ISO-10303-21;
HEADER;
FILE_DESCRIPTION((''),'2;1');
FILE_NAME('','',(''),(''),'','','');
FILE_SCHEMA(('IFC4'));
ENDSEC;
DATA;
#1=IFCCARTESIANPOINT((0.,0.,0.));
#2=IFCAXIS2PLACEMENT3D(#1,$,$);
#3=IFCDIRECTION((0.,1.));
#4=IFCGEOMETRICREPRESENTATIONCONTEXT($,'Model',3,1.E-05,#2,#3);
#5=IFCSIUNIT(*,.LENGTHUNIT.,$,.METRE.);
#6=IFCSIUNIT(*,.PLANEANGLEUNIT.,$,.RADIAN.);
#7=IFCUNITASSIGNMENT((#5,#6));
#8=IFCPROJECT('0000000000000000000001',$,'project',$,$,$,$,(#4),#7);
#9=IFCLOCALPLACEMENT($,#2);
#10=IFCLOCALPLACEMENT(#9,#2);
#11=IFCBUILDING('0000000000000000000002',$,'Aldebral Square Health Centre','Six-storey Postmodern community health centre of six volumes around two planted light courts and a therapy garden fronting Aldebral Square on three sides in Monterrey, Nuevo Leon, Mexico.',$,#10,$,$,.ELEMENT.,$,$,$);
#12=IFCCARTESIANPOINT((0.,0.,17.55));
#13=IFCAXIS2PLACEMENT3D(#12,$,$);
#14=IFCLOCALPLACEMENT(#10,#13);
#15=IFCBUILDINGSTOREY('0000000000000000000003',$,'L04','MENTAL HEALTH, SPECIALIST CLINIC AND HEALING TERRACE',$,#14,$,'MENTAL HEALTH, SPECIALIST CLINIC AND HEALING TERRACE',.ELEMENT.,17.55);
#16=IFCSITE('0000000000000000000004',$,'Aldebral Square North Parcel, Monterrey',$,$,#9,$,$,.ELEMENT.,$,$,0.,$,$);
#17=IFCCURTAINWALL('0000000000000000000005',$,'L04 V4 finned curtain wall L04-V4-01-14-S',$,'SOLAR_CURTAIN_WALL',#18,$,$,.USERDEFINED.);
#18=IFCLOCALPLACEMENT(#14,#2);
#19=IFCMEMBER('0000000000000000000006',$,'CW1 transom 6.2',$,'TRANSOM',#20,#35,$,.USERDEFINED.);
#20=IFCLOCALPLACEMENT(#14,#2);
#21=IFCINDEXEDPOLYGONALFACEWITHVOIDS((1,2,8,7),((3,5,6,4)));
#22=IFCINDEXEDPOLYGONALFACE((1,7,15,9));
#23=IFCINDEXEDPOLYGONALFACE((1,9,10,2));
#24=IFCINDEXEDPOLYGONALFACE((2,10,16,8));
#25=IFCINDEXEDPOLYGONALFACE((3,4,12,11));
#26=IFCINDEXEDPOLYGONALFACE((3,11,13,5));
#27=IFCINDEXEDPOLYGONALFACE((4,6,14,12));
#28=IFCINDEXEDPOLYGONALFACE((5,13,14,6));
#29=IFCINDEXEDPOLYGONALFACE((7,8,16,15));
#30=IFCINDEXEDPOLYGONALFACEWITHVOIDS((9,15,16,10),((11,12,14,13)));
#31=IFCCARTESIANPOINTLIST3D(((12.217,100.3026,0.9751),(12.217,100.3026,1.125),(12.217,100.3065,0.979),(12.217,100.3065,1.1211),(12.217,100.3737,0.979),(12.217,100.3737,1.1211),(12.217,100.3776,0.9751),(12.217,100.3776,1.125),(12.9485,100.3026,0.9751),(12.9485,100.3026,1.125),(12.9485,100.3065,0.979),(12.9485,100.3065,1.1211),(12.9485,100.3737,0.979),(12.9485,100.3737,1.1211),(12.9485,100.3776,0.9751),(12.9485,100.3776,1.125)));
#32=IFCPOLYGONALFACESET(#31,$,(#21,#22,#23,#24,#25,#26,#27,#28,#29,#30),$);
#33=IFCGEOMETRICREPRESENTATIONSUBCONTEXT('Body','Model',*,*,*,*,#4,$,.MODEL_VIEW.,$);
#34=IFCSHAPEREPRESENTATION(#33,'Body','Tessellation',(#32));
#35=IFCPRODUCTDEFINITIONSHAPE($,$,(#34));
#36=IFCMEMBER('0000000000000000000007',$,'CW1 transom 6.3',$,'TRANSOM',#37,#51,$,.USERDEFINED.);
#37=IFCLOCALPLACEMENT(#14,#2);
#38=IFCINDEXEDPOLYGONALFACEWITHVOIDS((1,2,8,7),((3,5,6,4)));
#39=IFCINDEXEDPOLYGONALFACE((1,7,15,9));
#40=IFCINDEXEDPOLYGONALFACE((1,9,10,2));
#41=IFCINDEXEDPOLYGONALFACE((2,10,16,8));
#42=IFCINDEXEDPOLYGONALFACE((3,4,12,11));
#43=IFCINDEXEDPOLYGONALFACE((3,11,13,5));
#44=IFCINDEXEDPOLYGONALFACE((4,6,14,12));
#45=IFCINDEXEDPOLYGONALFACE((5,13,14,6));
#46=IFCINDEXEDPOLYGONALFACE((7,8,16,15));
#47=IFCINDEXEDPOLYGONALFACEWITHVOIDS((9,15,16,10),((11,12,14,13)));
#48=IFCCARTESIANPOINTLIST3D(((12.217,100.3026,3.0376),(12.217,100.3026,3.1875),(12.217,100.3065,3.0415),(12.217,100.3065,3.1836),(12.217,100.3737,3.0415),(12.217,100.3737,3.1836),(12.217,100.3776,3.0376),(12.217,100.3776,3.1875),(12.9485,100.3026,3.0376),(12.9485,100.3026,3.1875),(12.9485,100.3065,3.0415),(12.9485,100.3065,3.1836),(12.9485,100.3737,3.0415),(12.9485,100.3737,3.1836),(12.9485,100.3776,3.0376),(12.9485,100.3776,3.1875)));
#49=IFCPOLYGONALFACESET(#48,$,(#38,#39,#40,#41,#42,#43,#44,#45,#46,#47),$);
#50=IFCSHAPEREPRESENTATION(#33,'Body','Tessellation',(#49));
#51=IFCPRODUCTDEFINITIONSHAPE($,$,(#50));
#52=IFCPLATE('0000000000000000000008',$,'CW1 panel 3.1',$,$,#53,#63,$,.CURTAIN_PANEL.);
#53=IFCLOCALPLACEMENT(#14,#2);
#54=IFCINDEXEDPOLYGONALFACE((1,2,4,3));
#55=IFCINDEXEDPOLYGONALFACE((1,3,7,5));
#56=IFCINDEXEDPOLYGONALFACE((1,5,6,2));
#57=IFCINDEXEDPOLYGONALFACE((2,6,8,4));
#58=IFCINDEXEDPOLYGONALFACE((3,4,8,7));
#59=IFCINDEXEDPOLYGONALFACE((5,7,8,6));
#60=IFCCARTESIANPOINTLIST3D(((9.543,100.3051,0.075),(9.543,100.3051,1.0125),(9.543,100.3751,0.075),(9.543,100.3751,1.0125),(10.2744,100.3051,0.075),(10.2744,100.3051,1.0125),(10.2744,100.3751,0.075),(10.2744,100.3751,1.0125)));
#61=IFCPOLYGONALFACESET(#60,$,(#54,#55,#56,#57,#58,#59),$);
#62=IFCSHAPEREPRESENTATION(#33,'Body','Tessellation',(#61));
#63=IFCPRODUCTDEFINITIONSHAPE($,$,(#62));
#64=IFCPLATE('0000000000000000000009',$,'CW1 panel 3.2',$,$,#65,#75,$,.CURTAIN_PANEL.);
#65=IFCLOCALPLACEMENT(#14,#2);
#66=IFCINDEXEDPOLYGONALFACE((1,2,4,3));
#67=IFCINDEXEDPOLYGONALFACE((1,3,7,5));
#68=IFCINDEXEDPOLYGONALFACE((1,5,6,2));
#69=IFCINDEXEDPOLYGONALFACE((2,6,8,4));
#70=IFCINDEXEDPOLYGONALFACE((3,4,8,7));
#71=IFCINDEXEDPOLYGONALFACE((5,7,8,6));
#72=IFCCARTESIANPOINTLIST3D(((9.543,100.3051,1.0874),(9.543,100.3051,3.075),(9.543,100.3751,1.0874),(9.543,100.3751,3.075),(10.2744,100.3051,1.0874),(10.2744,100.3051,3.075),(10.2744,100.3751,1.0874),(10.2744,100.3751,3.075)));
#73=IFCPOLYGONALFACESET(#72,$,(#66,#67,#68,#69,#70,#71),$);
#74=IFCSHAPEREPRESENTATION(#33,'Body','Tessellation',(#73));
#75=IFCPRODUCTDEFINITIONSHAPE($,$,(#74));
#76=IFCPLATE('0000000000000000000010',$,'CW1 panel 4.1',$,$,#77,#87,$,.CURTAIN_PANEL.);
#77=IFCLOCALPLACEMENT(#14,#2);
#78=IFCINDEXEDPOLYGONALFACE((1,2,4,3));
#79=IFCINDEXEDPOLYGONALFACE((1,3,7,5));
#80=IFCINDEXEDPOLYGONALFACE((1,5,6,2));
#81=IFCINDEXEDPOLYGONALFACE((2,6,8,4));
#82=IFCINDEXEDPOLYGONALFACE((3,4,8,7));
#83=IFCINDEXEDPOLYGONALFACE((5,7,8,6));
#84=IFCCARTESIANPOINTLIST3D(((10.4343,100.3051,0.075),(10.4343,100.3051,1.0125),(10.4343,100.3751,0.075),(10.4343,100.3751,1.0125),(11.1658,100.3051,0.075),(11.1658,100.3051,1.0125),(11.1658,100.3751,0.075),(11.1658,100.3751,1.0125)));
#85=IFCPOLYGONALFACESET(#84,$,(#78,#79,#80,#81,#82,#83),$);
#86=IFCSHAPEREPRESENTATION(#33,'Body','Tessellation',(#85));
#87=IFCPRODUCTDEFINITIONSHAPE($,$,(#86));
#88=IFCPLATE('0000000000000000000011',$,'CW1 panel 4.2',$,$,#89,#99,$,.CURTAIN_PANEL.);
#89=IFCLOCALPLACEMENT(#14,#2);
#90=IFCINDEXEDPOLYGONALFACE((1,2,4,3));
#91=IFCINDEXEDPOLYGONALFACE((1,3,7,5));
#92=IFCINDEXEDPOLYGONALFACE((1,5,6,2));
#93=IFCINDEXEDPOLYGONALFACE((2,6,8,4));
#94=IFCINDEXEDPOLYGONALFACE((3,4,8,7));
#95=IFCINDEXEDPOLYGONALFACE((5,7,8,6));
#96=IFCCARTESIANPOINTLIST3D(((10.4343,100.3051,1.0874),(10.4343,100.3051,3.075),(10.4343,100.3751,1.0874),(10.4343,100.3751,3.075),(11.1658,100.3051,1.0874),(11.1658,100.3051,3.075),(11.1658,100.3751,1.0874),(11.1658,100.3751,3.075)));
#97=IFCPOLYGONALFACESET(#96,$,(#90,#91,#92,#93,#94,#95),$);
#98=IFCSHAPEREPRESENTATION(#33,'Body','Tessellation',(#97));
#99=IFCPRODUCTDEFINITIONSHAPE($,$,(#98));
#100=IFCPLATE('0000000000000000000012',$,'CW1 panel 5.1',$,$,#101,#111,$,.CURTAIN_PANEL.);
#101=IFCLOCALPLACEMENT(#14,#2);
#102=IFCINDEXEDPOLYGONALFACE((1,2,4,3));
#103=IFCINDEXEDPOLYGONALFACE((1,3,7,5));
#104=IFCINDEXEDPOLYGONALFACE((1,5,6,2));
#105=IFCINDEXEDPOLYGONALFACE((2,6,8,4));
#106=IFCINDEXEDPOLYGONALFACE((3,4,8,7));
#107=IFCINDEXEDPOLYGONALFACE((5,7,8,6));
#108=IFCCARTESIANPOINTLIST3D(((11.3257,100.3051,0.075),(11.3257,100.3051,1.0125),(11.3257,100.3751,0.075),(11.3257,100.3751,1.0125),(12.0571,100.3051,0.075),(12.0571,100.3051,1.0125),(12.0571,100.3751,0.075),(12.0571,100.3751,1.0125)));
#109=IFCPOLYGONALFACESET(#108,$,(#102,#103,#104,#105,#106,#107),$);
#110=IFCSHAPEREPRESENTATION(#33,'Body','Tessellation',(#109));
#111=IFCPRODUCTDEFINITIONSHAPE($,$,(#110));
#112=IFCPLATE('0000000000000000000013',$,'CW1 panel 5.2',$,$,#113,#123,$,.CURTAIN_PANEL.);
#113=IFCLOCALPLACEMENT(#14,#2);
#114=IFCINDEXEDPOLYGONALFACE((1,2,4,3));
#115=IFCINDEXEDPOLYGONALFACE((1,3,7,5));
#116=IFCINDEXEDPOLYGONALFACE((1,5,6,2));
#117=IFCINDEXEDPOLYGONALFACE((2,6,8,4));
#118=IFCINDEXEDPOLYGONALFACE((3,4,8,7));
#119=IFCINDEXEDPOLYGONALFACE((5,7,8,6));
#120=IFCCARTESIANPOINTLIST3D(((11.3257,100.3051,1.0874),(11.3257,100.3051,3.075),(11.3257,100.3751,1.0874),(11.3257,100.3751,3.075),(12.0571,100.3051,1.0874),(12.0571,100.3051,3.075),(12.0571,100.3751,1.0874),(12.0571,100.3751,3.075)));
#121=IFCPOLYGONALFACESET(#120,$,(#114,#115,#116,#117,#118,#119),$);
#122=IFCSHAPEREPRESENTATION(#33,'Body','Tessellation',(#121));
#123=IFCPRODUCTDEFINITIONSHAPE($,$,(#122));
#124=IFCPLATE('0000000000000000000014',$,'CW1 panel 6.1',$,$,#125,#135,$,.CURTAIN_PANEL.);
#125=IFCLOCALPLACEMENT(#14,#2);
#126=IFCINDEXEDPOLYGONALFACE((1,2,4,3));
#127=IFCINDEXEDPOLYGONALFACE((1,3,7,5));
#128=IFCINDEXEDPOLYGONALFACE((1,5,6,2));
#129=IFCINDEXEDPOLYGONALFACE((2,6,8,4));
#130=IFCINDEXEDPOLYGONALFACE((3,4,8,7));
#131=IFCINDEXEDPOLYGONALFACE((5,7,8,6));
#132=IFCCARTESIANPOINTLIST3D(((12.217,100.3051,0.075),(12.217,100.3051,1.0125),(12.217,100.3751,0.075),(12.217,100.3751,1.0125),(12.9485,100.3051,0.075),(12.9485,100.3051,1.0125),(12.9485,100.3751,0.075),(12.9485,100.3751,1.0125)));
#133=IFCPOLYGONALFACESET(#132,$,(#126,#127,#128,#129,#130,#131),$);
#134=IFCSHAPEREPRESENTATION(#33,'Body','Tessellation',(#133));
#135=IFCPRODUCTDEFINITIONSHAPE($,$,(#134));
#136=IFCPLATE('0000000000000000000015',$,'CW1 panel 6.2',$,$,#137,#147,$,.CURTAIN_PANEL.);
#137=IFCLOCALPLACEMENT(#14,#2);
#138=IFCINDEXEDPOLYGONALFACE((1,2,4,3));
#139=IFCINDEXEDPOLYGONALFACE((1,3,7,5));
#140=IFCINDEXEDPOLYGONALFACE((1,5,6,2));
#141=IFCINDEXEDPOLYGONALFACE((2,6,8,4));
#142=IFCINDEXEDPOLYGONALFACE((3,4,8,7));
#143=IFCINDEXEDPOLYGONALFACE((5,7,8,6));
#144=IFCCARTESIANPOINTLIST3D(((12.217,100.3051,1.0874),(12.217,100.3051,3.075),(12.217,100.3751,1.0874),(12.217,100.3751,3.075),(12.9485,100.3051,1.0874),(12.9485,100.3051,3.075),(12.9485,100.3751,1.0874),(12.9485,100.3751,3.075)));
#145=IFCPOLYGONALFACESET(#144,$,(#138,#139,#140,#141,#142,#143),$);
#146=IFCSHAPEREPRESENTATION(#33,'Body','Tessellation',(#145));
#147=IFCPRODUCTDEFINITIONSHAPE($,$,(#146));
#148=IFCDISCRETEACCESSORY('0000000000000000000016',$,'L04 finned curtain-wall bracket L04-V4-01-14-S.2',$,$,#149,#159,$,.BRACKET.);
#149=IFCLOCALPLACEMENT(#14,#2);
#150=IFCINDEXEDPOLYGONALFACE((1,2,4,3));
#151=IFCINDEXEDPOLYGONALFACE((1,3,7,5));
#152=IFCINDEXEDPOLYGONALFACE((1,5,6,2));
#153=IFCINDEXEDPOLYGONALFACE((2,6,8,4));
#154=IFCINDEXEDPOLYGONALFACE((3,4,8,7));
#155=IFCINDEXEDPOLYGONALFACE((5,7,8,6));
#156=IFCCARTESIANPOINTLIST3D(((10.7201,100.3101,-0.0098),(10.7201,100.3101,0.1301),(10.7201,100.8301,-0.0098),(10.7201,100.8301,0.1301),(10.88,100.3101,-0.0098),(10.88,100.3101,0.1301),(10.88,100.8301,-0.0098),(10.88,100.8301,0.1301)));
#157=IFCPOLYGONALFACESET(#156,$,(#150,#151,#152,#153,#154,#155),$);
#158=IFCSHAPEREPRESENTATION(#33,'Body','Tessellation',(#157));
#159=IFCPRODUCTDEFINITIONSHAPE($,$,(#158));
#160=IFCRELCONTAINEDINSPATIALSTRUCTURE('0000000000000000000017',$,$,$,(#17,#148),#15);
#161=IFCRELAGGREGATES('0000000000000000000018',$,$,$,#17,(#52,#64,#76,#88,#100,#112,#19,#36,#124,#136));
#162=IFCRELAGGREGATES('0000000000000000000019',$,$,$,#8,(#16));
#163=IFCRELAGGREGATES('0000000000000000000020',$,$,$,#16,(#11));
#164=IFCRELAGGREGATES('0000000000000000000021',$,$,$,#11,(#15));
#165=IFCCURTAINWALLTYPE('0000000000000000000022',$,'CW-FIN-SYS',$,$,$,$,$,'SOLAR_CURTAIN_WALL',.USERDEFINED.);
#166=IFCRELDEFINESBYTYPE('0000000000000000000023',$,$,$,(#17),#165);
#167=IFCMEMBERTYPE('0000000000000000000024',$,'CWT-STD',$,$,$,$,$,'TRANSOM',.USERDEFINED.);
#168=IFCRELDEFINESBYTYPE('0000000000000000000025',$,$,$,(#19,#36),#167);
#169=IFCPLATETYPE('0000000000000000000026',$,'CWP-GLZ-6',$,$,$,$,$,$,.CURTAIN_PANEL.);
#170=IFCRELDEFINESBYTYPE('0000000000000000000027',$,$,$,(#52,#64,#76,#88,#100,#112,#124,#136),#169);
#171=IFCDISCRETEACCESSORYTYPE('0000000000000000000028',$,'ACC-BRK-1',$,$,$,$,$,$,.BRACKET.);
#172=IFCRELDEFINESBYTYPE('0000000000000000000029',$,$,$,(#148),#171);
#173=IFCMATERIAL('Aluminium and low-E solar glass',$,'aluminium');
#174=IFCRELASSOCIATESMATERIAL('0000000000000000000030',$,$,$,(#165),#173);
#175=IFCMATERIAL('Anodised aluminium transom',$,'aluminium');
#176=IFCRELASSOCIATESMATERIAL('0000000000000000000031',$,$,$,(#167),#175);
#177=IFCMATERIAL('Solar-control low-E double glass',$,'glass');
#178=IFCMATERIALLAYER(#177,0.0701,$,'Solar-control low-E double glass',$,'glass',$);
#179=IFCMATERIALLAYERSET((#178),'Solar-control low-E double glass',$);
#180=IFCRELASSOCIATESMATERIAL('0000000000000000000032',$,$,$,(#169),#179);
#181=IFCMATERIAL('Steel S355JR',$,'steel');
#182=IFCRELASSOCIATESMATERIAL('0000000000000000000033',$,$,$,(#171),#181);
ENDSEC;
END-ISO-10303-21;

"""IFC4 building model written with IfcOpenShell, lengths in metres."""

from ifc_helpers import new_model, si_unit, direction, frame, origin, origin_2d, place, context, subcontext, project, spatial, rectangle, hollow_rectangle, extrude, material, layer, layer_set, material_profile, profile_set, type_object, element, aggregate, save


model = new_model("IFC4")

# Units and contexts
model_context = context("Model", 3, precision=1e-05, world=origin(), true_north=direction((0.0, 1.0)))
body_context = subcontext(model_context, "Body", "Model", "MODEL_VIEW")
ifc_project = project(units=[si_unit("LENGTHUNIT", "METRE"), si_unit("PLANEANGLEUNIT", "RADIAN")], contexts=[model_context])

# Site, building, storey
site_placement = place(None, origin())
site = spatial("IfcSite", under=ifc_project, at=site_placement, Name="Aldebral Square North Parcel, Monterrey", CompositionType="ELEMENT", RefElevation=0.0)
building_placement = place(site_placement, origin())
building = spatial("IfcBuilding", under=site, at=building_placement, Name="Aldebral Square Health Centre", Description="Six-storey Postmodern community health centre of six volumes around two planted light courts and a therapy garden fronting Aldebral Square on three sides in Monterrey, Nuevo Leon, Mexico.", CompositionType="ELEMENT")
storey_placement = place(building_placement, frame((0.0, 0.0, 17.55)))
storey = spatial("IfcBuildingStorey", under=building, at=storey_placement, Name="L04", Description="MENTAL HEALTH, SPECIALIST CLINIC AND HEALING TERRACE", LongName="MENTAL HEALTH, SPECIALIST CLINIC AND HEALING TERRACE", CompositionType="ELEMENT", Elevation=17.55)

# Curtain wall, members, plates
ifc_material_1 = material(Name="Aluminium and low-E solar glass", Category="aluminium")
curtain_wall_type = type_object("IfcCurtainWallType", Name="CW-FIN-SYS", ElementType="SOLAR_CURTAIN_WALL", PredefinedType="USERDEFINED", material=ifc_material_1)
curtain_wall_placement = place(storey_placement, origin())
curtain_wall = element("IfcCurtainWall", 1, at=curtain_wall_placement, inside=storey, type_object=curtain_wall_type, Name="L04 V4 finned curtain wall L04-V4-01-14-S", ObjectType="SOLAR_CURTAIN_WALL", PredefinedType="USERDEFINED")
ifc_material_2 = material(Name="Anodised aluminium transom", Category="aluminium")
ifc_material_profile_1 = material_profile(ifc_material_2, hollow_rectangle(XDim=0.075, YDim=0.1499, WallThickness=0.0039, at=origin_2d()), Name="CWT 75x150x4")
ifc_profile_set_1 = profile_set([ifc_material_profile_1], Name="Anodised aluminium transom")
member_type_1 = type_object("IfcMemberType", Name="CWT-STD", ElementType="TRANSOM", PredefinedType="USERDEFINED", material=ifc_profile_set_1)
member_1_placement = place(storey_placement, frame((12.217, 100.3401, 1.05), z_axis=(1.0, 0.0, 0.0), x_axis=(0.0, 1.0, 0.0)))
member_1 = element("IfcMember", 2, at=member_1_placement, type_object=member_type_1, Name="CW1 transom 6.2", ObjectType="TRANSOM", PredefinedType="USERDEFINED", context=body_context, shape_type="SweptSolid", body=[
    extrude(hollow_rectangle(XDim=0.075, YDim=0.1499, WallThickness=0.0039, at=origin_2d()), origin(), (0.0, 0.0, 1.0), 0.7314),
])
member_2_placement = place(storey_placement, frame((12.217, 100.3401, 3.1125), z_axis=(1.0, 0.0, 0.0), x_axis=(0.0, 1.0, 0.0)))
member_2 = element("IfcMember", 3, at=member_2_placement, type_object=member_type_1, Name="CW1 transom 6.3", ObjectType="TRANSOM", PredefinedType="USERDEFINED", context=body_context, shape_type="SweptSolid", body=[
    extrude(hollow_rectangle(XDim=0.075, YDim=0.1499, WallThickness=0.0039, at=origin_2d()), origin(), (0.0, 0.0, 1.0), 0.7314),
])
ifc_material_3 = material(Name="Solar-control low-E double glass", Category="glass")
ifc_layer = layer(ifc_material_3, 0.0701, Name="Solar-control low-E double glass", Category="glass")
ifc_layer_set = layer_set([ifc_layer], Name="Solar-control low-E double glass")
plate_type = type_object("IfcPlateType", Name="CWP-GLZ-6", PredefinedType="CURTAIN_PANEL", material=ifc_layer_set)
plate_1_placement = place(storey_placement, frame((9.9087, 100.3401, 0.075), z_axis=(0.0, 0.0, 1.0), x_axis=(1.0, 0.0, 0.0)))
plate_1 = element("IfcPlate", 4, at=plate_1_placement, type_object=plate_type, Name="CW1 panel 3.1", PredefinedType="CURTAIN_PANEL", context=body_context, shape_type="SweptSolid", body=[
    extrude(rectangle(XDim=0.7314, YDim=0.0701, at=origin_2d()), origin(), (0.0, 0.0, 1.0), 0.9375),
])
plate_2_placement = place(storey_placement, frame((9.9087, 100.3401, 1.0874), z_axis=(0.0, 0.0, 1.0), x_axis=(1.0, 0.0, 0.0)))
plate_2 = element("IfcPlate", 5, at=plate_2_placement, type_object=plate_type, Name="CW1 panel 3.2", PredefinedType="CURTAIN_PANEL", context=body_context, shape_type="SweptSolid", body=[
    extrude(rectangle(XDim=0.7314, YDim=0.0701, at=origin_2d()), origin(), (0.0, 0.0, 1.0), 1.9875),
])
plate_3_placement = place(storey_placement, frame((10.8, 100.3401, 0.075), z_axis=(0.0, 0.0, 1.0), x_axis=(1.0, 0.0, 0.0)))
plate_3 = element("IfcPlate", 6, at=plate_3_placement, type_object=plate_type, Name="CW1 panel 4.1", PredefinedType="CURTAIN_PANEL", context=body_context, shape_type="SweptSolid", body=[
    extrude(rectangle(XDim=0.7314, YDim=0.0701, at=origin_2d()), origin(), (0.0, 0.0, 1.0), 0.9375),
])
plate_4_placement = place(storey_placement, frame((10.8, 100.3401, 1.0874), z_axis=(0.0, 0.0, 1.0), x_axis=(1.0, 0.0, 0.0)))
plate_4 = element("IfcPlate", 7, at=plate_4_placement, type_object=plate_type, Name="CW1 panel 4.2", PredefinedType="CURTAIN_PANEL", context=body_context, shape_type="SweptSolid", body=[
    extrude(rectangle(XDim=0.7314, YDim=0.0701, at=origin_2d()), origin(), (0.0, 0.0, 1.0), 1.9875),
])
plate_5_placement = place(storey_placement, frame((11.6914, 100.3401, 0.075), z_axis=(0.0, 0.0, 1.0), x_axis=(1.0, 0.0, 0.0)))
plate_5 = element("IfcPlate", 8, at=plate_5_placement, type_object=plate_type, Name="CW1 panel 5.1", PredefinedType="CURTAIN_PANEL", context=body_context, shape_type="SweptSolid", body=[
    extrude(rectangle(XDim=0.7314, YDim=0.0701, at=origin_2d()), origin(), (0.0, 0.0, 1.0), 0.9375),
])
plate_6_placement = place(storey_placement, frame((11.6914, 100.3401, 1.0874), z_axis=(0.0, 0.0, 1.0), x_axis=(1.0, 0.0, 0.0)))
plate_6 = element("IfcPlate", 9, at=plate_6_placement, type_object=plate_type, Name="CW1 panel 5.2", PredefinedType="CURTAIN_PANEL", context=body_context, shape_type="SweptSolid", body=[
    extrude(rectangle(XDim=0.7314, YDim=0.0701, at=origin_2d()), origin(), (0.0, 0.0, 1.0), 1.9875),
])
plate_7_placement = place(storey_placement, frame((12.5828, 100.3401, 0.075), z_axis=(0.0, 0.0, 1.0), x_axis=(1.0, 0.0, 0.0)))
plate_7 = element("IfcPlate", 10, at=plate_7_placement, type_object=plate_type, Name="CW1 panel 6.1", PredefinedType="CURTAIN_PANEL", context=body_context, shape_type="SweptSolid", body=[
    extrude(rectangle(XDim=0.7314, YDim=0.0701, at=origin_2d()), origin(), (0.0, 0.0, 1.0), 0.9375),
])
plate_8_placement = place(storey_placement, frame((12.5828, 100.3401, 1.0874), z_axis=(0.0, 0.0, 1.0), x_axis=(1.0, 0.0, 0.0)))
plate_8 = element("IfcPlate", 11, at=plate_8_placement, type_object=plate_type, Name="CW1 panel 6.2", PredefinedType="CURTAIN_PANEL", context=body_context, shape_type="SweptSolid", body=[
    extrude(rectangle(XDim=0.7314, YDim=0.0701, at=origin_2d()), origin(), (0.0, 0.0, 1.0), 1.9875),
])
aggregate(curtain_wall, [plate_1, plate_2, plate_3, plate_4, plate_5, plate_6, member_1, member_2, plate_7, plate_8])

# Discrete accessory
ifc_material_4 = material(Name="Steel S355JR", Category="steel")
discrete_accessory_type = type_object("IfcDiscreteAccessoryType", Name="ACC-BRK-1", PredefinedType="BRACKET", material=ifc_material_4)
discrete_accessory_placement = place(storey_placement, frame((10.8, 100.5701, -0.0098), z_axis=(0.0, 0.0, 1.0), x_axis=(1.0, 0.0, 0.0)))
element("IfcDiscreteAccessory", 12, at=discrete_accessory_placement, inside=storey, type_object=discrete_accessory_type, Name="L04 finned curtain-wall bracket L04-V4-01-14-S.2", PredefinedType="BRACKET", context=body_context, shape_type="SweptSolid", body=[
    extrude(rectangle(XDim=0.1599, YDim=0.52, at=origin_2d()), origin(), (0.0, 0.0, 1.0), 0.1399),
])

save(model, "model.ifc")
